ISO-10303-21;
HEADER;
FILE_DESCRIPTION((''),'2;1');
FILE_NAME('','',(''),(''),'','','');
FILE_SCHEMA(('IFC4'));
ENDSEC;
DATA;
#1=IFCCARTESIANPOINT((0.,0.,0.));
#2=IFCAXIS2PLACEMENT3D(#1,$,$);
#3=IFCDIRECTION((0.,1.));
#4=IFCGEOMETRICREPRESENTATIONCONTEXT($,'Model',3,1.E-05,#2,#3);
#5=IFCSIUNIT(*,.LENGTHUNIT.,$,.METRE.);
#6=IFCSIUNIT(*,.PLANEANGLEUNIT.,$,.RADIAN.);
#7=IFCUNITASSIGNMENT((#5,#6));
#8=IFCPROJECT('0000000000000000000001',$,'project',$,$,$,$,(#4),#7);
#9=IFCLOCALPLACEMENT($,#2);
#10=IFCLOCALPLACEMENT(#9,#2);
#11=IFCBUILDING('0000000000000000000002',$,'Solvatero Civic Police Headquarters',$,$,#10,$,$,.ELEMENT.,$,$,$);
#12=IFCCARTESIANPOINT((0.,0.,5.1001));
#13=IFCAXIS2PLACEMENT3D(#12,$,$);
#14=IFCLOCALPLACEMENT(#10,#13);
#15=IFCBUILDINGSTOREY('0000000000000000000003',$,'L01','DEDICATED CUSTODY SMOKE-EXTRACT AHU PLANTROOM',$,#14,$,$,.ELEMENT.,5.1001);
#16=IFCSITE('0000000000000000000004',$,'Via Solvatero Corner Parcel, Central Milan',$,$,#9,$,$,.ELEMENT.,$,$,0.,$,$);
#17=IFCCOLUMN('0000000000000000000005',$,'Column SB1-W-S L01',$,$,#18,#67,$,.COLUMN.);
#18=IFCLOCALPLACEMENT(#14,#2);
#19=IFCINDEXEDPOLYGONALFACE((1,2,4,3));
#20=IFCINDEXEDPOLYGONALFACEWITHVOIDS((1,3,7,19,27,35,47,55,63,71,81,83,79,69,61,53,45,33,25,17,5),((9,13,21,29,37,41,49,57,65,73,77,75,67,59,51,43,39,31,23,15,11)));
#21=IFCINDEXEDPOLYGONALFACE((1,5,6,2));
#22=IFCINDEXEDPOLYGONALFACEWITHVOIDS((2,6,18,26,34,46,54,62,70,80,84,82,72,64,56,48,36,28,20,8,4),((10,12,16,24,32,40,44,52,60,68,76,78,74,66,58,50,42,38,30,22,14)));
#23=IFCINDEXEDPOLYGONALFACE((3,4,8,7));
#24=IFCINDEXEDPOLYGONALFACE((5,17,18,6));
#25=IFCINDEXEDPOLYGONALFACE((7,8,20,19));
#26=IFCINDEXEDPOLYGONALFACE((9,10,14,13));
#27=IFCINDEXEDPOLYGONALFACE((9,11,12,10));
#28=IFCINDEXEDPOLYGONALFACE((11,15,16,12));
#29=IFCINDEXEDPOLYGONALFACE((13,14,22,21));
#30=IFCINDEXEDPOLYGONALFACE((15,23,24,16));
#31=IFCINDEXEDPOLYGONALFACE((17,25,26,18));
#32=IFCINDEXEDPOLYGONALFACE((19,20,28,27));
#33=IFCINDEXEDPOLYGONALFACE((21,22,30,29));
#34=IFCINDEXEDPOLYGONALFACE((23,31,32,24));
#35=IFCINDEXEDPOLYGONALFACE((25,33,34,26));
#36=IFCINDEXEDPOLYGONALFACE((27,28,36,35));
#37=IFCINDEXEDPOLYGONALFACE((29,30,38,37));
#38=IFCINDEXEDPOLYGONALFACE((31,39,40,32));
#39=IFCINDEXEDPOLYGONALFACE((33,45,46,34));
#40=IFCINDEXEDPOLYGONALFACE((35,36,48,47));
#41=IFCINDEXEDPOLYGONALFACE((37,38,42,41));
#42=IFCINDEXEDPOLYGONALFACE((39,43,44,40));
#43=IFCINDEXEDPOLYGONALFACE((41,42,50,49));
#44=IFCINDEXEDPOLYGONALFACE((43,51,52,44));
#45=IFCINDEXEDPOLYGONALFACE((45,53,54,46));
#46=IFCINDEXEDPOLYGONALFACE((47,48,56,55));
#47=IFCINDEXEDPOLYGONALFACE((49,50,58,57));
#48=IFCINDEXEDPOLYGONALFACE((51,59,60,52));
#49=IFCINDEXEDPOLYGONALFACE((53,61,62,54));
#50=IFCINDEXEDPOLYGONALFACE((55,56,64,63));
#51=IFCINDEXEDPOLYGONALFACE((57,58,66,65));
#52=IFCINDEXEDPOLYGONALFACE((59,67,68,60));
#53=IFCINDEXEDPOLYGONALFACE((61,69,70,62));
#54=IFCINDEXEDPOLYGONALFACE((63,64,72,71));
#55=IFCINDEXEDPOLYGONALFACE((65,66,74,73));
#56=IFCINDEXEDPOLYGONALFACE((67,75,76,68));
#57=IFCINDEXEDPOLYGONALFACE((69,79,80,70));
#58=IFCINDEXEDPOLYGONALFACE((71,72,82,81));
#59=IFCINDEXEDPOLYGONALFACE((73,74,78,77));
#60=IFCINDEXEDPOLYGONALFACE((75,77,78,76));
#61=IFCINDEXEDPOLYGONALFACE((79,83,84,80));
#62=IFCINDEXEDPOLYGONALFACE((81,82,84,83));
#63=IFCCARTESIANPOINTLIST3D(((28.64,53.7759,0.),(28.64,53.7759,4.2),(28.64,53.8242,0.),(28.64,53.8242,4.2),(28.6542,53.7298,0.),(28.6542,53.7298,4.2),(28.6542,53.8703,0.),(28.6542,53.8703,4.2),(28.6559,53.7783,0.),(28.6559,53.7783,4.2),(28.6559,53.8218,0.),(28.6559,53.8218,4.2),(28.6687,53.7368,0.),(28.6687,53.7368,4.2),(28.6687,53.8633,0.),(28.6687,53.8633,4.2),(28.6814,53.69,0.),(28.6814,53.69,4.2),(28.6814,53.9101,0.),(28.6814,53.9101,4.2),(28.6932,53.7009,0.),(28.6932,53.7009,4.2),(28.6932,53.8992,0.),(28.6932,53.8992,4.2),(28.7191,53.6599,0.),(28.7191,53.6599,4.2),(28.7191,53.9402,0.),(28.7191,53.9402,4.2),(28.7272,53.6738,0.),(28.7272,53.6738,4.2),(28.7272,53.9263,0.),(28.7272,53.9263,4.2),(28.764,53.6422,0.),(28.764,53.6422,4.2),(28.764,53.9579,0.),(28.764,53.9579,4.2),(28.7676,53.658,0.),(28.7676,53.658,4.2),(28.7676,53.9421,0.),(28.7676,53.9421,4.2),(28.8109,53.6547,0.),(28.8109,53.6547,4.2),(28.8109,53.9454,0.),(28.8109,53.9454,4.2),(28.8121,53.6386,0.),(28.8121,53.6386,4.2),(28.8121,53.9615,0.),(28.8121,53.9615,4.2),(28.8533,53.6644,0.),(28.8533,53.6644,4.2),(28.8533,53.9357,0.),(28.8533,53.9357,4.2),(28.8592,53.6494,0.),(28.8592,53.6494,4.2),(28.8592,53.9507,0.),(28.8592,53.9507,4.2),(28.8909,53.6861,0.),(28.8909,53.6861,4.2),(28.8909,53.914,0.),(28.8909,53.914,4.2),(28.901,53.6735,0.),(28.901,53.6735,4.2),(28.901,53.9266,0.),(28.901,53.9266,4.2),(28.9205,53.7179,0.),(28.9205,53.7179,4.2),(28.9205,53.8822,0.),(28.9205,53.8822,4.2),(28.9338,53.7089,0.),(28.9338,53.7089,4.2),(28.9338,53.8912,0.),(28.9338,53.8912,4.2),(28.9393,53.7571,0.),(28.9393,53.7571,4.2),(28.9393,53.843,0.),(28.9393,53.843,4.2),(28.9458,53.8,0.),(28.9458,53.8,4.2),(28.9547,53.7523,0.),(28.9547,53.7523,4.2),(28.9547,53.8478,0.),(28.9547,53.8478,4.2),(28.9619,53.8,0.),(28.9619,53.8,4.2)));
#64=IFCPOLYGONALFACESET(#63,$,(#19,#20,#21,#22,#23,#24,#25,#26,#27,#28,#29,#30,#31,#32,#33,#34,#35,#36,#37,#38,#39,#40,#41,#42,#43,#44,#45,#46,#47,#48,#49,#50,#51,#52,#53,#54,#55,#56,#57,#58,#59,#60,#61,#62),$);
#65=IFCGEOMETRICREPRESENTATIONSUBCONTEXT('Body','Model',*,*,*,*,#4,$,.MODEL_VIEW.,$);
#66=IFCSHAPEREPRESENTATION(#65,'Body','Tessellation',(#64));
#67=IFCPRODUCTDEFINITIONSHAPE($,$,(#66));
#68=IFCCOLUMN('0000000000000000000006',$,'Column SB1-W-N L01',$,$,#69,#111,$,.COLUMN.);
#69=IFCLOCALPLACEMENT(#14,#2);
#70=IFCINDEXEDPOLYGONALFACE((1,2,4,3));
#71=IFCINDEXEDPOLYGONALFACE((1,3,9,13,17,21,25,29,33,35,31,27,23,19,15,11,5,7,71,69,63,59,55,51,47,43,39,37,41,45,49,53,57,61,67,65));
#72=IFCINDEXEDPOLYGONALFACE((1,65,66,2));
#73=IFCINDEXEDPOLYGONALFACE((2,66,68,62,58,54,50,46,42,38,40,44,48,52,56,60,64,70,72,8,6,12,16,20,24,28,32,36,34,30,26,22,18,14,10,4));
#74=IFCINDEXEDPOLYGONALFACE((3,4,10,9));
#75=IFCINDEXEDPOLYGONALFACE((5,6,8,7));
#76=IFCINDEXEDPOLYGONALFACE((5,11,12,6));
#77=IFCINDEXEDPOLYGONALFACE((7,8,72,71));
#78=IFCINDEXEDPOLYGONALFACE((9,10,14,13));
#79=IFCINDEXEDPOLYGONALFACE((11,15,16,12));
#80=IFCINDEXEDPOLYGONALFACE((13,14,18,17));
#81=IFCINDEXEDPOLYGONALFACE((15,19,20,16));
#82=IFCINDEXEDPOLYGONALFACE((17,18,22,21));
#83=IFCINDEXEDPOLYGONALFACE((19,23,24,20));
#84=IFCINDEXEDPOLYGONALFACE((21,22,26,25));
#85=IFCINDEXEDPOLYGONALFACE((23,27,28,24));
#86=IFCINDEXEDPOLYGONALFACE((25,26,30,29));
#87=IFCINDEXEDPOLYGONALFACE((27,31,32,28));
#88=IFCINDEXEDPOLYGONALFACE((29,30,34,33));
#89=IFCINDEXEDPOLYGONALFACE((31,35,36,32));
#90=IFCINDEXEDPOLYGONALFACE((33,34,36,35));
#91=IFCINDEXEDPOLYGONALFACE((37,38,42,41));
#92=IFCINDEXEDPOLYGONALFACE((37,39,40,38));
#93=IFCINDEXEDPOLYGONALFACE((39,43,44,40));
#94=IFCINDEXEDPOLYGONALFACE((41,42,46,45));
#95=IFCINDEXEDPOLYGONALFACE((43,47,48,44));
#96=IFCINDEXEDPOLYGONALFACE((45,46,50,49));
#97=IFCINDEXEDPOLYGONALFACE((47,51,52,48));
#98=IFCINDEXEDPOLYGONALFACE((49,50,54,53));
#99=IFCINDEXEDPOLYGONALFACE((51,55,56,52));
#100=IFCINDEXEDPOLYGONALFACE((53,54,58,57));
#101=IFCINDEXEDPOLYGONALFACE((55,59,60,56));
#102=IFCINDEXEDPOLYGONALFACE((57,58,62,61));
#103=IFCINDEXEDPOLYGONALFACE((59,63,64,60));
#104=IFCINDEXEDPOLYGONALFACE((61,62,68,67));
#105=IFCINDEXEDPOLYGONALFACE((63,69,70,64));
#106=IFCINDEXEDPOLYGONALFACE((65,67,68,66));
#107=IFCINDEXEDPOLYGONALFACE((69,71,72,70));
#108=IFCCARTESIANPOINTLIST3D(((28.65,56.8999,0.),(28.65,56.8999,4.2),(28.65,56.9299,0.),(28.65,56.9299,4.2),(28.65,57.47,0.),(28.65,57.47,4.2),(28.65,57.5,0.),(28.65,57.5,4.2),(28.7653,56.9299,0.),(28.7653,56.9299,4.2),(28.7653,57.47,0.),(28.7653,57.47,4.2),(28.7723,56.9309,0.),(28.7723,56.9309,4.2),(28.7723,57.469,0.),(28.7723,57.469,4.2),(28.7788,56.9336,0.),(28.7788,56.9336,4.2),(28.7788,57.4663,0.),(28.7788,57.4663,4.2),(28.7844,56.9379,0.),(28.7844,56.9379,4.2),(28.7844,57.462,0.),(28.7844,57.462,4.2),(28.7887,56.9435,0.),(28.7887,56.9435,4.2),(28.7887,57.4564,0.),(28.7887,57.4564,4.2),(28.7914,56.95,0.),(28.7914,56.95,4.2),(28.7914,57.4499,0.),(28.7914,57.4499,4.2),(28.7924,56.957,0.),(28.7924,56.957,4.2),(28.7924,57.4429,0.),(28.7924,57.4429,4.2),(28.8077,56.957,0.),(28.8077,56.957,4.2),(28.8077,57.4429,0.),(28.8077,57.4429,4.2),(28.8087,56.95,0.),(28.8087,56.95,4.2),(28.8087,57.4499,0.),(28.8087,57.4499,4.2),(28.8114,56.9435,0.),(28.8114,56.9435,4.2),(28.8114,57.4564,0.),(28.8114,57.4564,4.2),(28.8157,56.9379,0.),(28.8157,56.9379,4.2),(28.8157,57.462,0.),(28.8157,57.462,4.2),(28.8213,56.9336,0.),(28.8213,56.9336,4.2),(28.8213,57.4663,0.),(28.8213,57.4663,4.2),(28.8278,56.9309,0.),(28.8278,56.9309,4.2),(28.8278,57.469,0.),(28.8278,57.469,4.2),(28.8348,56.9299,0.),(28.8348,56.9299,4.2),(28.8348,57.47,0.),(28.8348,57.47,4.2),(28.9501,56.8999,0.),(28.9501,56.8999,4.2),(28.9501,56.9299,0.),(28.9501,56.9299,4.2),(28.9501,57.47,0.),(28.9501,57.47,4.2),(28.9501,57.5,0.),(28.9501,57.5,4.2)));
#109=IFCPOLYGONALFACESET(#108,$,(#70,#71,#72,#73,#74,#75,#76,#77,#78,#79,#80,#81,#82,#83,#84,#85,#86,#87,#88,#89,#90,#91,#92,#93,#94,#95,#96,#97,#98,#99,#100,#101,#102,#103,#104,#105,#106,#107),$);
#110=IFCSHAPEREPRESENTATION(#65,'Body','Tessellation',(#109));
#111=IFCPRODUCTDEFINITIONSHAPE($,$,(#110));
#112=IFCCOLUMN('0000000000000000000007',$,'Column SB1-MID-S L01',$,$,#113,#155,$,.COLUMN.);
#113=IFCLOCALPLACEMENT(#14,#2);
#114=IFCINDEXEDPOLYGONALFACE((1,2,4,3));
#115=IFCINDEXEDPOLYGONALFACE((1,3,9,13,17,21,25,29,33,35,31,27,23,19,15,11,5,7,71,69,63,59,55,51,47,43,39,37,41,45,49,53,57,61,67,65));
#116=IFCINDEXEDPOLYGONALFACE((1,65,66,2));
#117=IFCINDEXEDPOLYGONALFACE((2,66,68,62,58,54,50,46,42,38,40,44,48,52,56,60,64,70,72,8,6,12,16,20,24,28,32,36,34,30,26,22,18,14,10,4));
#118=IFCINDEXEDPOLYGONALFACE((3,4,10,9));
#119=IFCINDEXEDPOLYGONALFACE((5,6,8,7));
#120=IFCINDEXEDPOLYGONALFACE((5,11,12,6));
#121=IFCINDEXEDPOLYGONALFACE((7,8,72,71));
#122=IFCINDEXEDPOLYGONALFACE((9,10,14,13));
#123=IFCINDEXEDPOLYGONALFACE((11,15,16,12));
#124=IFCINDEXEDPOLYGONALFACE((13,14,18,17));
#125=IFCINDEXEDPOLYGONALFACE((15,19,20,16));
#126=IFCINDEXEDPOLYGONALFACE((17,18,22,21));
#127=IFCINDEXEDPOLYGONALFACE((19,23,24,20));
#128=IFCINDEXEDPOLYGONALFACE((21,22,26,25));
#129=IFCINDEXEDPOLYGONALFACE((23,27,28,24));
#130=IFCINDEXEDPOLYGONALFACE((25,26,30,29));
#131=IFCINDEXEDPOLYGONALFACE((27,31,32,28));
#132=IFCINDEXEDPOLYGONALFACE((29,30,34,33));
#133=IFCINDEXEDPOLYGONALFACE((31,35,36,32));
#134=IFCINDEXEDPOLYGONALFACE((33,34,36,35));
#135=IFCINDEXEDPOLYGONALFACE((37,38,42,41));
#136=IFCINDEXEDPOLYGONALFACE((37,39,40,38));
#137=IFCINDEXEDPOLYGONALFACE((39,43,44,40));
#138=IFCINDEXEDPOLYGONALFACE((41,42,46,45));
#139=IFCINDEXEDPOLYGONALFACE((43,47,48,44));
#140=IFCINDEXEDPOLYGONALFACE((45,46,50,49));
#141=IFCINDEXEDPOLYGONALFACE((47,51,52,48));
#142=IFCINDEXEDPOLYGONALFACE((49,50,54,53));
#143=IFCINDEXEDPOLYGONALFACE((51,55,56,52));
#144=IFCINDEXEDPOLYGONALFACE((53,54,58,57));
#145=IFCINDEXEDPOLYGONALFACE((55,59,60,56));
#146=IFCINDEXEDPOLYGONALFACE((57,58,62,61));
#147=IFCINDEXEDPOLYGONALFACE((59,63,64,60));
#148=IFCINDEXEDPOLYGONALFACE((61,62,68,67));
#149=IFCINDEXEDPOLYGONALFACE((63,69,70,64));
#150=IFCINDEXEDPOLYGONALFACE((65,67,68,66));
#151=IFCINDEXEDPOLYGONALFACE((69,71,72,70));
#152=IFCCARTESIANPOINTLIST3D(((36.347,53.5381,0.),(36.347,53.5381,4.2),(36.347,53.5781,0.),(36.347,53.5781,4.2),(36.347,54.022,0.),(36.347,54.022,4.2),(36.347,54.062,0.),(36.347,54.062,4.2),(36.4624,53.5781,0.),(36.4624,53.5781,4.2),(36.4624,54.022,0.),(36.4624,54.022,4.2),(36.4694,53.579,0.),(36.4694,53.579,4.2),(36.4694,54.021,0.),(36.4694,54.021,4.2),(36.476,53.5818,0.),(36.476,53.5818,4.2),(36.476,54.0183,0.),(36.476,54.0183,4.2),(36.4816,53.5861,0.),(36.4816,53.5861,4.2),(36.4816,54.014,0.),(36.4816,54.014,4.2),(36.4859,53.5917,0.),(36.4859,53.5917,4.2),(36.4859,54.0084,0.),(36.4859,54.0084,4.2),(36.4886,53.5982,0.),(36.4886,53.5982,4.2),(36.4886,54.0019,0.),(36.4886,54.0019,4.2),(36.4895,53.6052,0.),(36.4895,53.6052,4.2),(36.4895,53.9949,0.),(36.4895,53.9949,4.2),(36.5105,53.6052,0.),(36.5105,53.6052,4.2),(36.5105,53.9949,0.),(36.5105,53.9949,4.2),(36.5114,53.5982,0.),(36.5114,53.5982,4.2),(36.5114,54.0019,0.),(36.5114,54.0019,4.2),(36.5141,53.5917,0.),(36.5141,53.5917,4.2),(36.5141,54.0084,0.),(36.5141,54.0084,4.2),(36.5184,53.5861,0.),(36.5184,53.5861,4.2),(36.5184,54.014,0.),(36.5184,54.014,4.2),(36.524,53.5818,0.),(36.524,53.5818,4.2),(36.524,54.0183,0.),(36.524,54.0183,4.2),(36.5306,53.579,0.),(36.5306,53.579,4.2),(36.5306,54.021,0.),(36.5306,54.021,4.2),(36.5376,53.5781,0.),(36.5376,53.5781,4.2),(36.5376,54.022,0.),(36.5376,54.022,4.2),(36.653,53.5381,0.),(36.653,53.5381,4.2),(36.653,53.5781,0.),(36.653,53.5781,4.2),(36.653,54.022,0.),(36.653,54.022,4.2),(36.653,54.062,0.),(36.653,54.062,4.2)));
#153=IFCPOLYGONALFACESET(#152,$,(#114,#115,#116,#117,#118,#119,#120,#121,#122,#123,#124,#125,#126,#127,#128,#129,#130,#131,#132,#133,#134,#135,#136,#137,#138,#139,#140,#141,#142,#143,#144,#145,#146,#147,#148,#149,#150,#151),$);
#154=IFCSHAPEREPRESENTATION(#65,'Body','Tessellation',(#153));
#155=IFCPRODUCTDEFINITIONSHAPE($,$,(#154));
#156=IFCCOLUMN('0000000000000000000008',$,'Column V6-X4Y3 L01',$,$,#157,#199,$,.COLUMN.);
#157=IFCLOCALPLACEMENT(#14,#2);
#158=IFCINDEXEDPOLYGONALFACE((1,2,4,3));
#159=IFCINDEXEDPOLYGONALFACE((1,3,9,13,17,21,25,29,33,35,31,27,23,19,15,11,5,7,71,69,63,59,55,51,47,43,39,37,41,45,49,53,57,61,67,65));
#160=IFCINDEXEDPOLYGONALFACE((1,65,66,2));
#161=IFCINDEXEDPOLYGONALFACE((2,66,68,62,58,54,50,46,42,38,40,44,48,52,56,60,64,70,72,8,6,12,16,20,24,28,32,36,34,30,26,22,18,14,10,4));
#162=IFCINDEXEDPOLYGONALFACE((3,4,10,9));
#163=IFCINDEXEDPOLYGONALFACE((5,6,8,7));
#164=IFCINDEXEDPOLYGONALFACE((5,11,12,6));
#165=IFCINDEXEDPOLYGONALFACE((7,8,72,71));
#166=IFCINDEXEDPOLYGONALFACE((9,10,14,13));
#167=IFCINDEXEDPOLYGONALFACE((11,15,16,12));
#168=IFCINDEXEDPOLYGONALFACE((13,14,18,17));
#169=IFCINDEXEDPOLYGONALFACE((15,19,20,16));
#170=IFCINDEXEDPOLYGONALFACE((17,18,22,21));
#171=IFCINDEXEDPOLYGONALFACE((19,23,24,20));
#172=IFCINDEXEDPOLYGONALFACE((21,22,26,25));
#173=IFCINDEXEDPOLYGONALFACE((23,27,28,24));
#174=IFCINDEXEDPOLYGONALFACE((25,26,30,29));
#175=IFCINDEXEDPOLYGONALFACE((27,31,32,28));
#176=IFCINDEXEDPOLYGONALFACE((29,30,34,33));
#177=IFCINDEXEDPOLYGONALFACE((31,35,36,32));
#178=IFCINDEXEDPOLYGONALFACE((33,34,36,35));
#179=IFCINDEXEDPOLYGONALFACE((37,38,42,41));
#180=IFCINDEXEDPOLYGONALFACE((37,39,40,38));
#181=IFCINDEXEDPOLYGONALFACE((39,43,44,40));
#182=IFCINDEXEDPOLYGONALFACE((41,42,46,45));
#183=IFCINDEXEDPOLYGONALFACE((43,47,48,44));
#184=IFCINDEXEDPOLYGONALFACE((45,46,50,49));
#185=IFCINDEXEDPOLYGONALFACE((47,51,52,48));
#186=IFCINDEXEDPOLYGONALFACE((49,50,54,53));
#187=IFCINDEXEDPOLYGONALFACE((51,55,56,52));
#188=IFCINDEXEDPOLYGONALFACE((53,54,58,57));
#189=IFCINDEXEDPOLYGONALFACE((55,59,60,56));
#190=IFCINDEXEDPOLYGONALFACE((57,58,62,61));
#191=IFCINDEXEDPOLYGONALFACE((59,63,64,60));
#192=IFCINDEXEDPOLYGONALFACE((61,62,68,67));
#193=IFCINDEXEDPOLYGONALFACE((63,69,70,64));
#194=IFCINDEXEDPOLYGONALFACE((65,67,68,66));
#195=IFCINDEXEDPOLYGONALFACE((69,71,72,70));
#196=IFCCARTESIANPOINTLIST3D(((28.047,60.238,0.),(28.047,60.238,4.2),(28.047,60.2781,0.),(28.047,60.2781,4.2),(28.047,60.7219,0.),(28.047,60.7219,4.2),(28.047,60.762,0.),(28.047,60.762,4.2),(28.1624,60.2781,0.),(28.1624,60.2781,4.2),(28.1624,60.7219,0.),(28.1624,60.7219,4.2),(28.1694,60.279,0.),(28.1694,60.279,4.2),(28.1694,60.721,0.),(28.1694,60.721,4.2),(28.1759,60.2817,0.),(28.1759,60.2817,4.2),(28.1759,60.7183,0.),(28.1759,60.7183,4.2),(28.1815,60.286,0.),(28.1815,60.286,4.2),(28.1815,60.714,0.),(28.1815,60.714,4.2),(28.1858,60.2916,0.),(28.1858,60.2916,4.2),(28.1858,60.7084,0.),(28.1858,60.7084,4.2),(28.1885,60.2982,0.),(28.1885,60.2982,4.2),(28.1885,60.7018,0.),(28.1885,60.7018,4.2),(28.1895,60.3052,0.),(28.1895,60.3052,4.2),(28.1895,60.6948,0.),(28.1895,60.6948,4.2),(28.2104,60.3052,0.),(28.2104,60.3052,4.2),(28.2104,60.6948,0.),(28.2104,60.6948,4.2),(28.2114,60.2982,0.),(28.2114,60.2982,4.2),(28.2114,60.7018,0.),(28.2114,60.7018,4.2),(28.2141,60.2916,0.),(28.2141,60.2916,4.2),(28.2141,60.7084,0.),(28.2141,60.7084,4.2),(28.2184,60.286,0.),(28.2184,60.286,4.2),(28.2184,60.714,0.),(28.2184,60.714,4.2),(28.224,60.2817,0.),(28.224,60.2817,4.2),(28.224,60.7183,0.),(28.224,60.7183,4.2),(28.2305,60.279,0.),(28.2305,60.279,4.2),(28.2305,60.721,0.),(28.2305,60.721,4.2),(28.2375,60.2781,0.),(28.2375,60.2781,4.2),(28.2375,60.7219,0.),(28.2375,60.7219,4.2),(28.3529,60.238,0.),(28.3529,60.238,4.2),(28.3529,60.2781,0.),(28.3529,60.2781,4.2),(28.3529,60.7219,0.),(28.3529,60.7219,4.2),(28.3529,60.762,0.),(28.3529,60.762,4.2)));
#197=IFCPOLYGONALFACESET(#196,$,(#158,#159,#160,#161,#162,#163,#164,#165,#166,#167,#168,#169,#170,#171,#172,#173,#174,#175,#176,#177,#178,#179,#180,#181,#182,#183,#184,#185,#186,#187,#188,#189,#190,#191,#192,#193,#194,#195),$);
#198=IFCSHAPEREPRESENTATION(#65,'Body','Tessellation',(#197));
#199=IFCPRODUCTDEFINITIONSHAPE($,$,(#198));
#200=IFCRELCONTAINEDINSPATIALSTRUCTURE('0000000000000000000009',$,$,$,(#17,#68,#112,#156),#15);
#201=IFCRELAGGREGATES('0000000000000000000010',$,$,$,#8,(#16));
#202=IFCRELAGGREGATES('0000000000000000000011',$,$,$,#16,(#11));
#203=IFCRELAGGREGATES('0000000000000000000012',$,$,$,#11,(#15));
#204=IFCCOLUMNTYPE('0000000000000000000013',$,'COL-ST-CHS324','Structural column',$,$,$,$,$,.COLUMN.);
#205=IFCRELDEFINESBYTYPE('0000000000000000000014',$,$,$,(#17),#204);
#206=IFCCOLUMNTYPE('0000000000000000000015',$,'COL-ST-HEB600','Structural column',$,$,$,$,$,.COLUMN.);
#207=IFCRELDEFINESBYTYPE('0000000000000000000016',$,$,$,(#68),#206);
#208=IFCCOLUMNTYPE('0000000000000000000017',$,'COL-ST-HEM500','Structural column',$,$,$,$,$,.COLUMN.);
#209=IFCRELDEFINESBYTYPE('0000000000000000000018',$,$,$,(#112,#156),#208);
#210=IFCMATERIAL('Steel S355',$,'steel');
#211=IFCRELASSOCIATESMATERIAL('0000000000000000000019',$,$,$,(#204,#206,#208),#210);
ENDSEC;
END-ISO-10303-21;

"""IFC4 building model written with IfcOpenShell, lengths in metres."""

from ifc_helpers import new_model, si_unit, direction, frame, origin, origin_2d, place, context, subcontext, project, spatial, hollow_circle, i_section, extrude, material, material_profile, profile_set, type_object, element, save


model = new_model("IFC4")

# Units and contexts
model_context = context("Model", 3, precision=1e-05, world=origin(), true_north=direction((0.0, 1.0)))
body_context = subcontext(model_context, "Body", "Model", "MODEL_VIEW")
ifc_project = project(units=[si_unit("LENGTHUNIT", "METRE"), si_unit("PLANEANGLEUNIT", "RADIAN")], contexts=[model_context])

# Site, building, storey
site_placement = place(None, origin())
site = spatial("IfcSite", under=ifc_project, at=site_placement, Name="Via Solvatero Corner Parcel, Central Milan", CompositionType="ELEMENT", RefElevation=0.0)
building_placement = place(site_placement, origin())
building = spatial("IfcBuilding", under=site, at=building_placement, Name="Solvatero Civic Police Headquarters", CompositionType="ELEMENT")
storey_placement = place(building_placement, frame((0.0, 0.0, 5.1001)))
storey = spatial("IfcBuildingStorey", under=building, at=storey_placement, Name="L01", Description="DEDICATED CUSTODY SMOKE-EXTRACT AHU PLANTROOM", CompositionType="ELEMENT", Elevation=5.1001)

# Columns
ifc_material_1 = material(Name="Steel S355", Category="steel")
ifc_material_profile_1 = material_profile(ifc_material_1, hollow_circle(Radius=0.1619, WallThickness=0.0161, at=origin_2d()), Name="CHS 323.9x16.0")
ifc_profile_set_1 = profile_set([ifc_material_profile_1], Name="Steel S355")
column_type_1 = type_object("IfcColumnType", Name="COL-ST-CHS324", Description="Structural column", PredefinedType="COLUMN", material=ifc_profile_set_1)
column_1_placement = place(storey_placement, frame((28.8, 53.8, 0.0), z_axis=(0.0, 0.0, 1.0), x_axis=(1.0, 0.0, 0.0)))
element("IfcColumn", 1, at=column_1_placement, inside=storey, type_object=column_type_1, Name="Column SB1-W-S L01", PredefinedType="COLUMN", context=body_context, shape_type="SweptSolid", body=[
    extrude(hollow_circle(Radius=0.1619, WallThickness=0.0161, at=origin_2d()), origin(), (0.0, 0.0, 1.0), 4.2),
])
ifc_material_profile_2 = material_profile(ifc_material_1, i_section(OverallWidth=0.3, OverallDepth=0.6001, WebThickness=0.0154, FlangeThickness=0.03, FilletRadius=0.0271, at=origin_2d()), Name="HEB 600")
ifc_profile_set_2 = profile_set([ifc_material_profile_2], Name="Steel S355")
column_type_2 = type_object("IfcColumnType", Name="COL-ST-HEB600", Description="Structural column", PredefinedType="COLUMN", material=ifc_profile_set_2)
column_2_placement = place(storey_placement, frame((28.8, 57.2, 0.0), z_axis=(0.0, 0.0, 1.0), x_axis=(1.0, 0.0, 0.0)))
element("IfcColumn", 2, at=column_2_placement, inside=storey, type_object=column_type_2, Name="Column SB1-W-N L01", PredefinedType="COLUMN", context=body_context, shape_type="SweptSolid", body=[
    extrude(i_section(OverallWidth=0.3, OverallDepth=0.6001, WebThickness=0.0154, FlangeThickness=0.03, FilletRadius=0.0271, at=origin_2d()), origin(), (0.0, 0.0, 1.0), 4.2),
])
ifc_material_profile_3 = material_profile(ifc_material_1, i_section(OverallWidth=0.3059, OverallDepth=0.5239, WebThickness=0.021, FlangeThickness=0.04, FilletRadius=0.0271, at=origin_2d()), Name="HEM 500")
ifc_profile_set_3 = profile_set([ifc_material_profile_3], Name="Steel S355")
column_type_3 = type_object("IfcColumnType", Name="COL-ST-HEM500", Description="Structural column", PredefinedType="COLUMN", material=ifc_profile_set_3)
for number, where, z_axis, x_axis, name in (
    (3, (36.5, 53.8, 0.0), (0.0, 0.0, 1.0), (1.0, 0.0, 0.0), "Column SB1-MID-S L01"),
    (4, (28.2, 60.5, 0.0), (0.0, 0.0, 1.0), (1.0, 0.0, 0.0), "Column V6-X4Y3 L01"),
):
    element("IfcColumn", number, at=place(storey_placement, frame(where, z_axis=z_axis, x_axis=x_axis)), inside=storey, type_object=column_type_3, Name=name, PredefinedType="COLUMN", context=body_context, shape_type="SweptSolid", body=[
        extrude(i_section(OverallWidth=0.3059, OverallDepth=0.5239, WebThickness=0.021, FlangeThickness=0.04, FilletRadius=0.0271, at=origin_2d()), origin(), (0.0, 0.0, 1.0), 4.2),
    ])

save(model, "model.ifc")
